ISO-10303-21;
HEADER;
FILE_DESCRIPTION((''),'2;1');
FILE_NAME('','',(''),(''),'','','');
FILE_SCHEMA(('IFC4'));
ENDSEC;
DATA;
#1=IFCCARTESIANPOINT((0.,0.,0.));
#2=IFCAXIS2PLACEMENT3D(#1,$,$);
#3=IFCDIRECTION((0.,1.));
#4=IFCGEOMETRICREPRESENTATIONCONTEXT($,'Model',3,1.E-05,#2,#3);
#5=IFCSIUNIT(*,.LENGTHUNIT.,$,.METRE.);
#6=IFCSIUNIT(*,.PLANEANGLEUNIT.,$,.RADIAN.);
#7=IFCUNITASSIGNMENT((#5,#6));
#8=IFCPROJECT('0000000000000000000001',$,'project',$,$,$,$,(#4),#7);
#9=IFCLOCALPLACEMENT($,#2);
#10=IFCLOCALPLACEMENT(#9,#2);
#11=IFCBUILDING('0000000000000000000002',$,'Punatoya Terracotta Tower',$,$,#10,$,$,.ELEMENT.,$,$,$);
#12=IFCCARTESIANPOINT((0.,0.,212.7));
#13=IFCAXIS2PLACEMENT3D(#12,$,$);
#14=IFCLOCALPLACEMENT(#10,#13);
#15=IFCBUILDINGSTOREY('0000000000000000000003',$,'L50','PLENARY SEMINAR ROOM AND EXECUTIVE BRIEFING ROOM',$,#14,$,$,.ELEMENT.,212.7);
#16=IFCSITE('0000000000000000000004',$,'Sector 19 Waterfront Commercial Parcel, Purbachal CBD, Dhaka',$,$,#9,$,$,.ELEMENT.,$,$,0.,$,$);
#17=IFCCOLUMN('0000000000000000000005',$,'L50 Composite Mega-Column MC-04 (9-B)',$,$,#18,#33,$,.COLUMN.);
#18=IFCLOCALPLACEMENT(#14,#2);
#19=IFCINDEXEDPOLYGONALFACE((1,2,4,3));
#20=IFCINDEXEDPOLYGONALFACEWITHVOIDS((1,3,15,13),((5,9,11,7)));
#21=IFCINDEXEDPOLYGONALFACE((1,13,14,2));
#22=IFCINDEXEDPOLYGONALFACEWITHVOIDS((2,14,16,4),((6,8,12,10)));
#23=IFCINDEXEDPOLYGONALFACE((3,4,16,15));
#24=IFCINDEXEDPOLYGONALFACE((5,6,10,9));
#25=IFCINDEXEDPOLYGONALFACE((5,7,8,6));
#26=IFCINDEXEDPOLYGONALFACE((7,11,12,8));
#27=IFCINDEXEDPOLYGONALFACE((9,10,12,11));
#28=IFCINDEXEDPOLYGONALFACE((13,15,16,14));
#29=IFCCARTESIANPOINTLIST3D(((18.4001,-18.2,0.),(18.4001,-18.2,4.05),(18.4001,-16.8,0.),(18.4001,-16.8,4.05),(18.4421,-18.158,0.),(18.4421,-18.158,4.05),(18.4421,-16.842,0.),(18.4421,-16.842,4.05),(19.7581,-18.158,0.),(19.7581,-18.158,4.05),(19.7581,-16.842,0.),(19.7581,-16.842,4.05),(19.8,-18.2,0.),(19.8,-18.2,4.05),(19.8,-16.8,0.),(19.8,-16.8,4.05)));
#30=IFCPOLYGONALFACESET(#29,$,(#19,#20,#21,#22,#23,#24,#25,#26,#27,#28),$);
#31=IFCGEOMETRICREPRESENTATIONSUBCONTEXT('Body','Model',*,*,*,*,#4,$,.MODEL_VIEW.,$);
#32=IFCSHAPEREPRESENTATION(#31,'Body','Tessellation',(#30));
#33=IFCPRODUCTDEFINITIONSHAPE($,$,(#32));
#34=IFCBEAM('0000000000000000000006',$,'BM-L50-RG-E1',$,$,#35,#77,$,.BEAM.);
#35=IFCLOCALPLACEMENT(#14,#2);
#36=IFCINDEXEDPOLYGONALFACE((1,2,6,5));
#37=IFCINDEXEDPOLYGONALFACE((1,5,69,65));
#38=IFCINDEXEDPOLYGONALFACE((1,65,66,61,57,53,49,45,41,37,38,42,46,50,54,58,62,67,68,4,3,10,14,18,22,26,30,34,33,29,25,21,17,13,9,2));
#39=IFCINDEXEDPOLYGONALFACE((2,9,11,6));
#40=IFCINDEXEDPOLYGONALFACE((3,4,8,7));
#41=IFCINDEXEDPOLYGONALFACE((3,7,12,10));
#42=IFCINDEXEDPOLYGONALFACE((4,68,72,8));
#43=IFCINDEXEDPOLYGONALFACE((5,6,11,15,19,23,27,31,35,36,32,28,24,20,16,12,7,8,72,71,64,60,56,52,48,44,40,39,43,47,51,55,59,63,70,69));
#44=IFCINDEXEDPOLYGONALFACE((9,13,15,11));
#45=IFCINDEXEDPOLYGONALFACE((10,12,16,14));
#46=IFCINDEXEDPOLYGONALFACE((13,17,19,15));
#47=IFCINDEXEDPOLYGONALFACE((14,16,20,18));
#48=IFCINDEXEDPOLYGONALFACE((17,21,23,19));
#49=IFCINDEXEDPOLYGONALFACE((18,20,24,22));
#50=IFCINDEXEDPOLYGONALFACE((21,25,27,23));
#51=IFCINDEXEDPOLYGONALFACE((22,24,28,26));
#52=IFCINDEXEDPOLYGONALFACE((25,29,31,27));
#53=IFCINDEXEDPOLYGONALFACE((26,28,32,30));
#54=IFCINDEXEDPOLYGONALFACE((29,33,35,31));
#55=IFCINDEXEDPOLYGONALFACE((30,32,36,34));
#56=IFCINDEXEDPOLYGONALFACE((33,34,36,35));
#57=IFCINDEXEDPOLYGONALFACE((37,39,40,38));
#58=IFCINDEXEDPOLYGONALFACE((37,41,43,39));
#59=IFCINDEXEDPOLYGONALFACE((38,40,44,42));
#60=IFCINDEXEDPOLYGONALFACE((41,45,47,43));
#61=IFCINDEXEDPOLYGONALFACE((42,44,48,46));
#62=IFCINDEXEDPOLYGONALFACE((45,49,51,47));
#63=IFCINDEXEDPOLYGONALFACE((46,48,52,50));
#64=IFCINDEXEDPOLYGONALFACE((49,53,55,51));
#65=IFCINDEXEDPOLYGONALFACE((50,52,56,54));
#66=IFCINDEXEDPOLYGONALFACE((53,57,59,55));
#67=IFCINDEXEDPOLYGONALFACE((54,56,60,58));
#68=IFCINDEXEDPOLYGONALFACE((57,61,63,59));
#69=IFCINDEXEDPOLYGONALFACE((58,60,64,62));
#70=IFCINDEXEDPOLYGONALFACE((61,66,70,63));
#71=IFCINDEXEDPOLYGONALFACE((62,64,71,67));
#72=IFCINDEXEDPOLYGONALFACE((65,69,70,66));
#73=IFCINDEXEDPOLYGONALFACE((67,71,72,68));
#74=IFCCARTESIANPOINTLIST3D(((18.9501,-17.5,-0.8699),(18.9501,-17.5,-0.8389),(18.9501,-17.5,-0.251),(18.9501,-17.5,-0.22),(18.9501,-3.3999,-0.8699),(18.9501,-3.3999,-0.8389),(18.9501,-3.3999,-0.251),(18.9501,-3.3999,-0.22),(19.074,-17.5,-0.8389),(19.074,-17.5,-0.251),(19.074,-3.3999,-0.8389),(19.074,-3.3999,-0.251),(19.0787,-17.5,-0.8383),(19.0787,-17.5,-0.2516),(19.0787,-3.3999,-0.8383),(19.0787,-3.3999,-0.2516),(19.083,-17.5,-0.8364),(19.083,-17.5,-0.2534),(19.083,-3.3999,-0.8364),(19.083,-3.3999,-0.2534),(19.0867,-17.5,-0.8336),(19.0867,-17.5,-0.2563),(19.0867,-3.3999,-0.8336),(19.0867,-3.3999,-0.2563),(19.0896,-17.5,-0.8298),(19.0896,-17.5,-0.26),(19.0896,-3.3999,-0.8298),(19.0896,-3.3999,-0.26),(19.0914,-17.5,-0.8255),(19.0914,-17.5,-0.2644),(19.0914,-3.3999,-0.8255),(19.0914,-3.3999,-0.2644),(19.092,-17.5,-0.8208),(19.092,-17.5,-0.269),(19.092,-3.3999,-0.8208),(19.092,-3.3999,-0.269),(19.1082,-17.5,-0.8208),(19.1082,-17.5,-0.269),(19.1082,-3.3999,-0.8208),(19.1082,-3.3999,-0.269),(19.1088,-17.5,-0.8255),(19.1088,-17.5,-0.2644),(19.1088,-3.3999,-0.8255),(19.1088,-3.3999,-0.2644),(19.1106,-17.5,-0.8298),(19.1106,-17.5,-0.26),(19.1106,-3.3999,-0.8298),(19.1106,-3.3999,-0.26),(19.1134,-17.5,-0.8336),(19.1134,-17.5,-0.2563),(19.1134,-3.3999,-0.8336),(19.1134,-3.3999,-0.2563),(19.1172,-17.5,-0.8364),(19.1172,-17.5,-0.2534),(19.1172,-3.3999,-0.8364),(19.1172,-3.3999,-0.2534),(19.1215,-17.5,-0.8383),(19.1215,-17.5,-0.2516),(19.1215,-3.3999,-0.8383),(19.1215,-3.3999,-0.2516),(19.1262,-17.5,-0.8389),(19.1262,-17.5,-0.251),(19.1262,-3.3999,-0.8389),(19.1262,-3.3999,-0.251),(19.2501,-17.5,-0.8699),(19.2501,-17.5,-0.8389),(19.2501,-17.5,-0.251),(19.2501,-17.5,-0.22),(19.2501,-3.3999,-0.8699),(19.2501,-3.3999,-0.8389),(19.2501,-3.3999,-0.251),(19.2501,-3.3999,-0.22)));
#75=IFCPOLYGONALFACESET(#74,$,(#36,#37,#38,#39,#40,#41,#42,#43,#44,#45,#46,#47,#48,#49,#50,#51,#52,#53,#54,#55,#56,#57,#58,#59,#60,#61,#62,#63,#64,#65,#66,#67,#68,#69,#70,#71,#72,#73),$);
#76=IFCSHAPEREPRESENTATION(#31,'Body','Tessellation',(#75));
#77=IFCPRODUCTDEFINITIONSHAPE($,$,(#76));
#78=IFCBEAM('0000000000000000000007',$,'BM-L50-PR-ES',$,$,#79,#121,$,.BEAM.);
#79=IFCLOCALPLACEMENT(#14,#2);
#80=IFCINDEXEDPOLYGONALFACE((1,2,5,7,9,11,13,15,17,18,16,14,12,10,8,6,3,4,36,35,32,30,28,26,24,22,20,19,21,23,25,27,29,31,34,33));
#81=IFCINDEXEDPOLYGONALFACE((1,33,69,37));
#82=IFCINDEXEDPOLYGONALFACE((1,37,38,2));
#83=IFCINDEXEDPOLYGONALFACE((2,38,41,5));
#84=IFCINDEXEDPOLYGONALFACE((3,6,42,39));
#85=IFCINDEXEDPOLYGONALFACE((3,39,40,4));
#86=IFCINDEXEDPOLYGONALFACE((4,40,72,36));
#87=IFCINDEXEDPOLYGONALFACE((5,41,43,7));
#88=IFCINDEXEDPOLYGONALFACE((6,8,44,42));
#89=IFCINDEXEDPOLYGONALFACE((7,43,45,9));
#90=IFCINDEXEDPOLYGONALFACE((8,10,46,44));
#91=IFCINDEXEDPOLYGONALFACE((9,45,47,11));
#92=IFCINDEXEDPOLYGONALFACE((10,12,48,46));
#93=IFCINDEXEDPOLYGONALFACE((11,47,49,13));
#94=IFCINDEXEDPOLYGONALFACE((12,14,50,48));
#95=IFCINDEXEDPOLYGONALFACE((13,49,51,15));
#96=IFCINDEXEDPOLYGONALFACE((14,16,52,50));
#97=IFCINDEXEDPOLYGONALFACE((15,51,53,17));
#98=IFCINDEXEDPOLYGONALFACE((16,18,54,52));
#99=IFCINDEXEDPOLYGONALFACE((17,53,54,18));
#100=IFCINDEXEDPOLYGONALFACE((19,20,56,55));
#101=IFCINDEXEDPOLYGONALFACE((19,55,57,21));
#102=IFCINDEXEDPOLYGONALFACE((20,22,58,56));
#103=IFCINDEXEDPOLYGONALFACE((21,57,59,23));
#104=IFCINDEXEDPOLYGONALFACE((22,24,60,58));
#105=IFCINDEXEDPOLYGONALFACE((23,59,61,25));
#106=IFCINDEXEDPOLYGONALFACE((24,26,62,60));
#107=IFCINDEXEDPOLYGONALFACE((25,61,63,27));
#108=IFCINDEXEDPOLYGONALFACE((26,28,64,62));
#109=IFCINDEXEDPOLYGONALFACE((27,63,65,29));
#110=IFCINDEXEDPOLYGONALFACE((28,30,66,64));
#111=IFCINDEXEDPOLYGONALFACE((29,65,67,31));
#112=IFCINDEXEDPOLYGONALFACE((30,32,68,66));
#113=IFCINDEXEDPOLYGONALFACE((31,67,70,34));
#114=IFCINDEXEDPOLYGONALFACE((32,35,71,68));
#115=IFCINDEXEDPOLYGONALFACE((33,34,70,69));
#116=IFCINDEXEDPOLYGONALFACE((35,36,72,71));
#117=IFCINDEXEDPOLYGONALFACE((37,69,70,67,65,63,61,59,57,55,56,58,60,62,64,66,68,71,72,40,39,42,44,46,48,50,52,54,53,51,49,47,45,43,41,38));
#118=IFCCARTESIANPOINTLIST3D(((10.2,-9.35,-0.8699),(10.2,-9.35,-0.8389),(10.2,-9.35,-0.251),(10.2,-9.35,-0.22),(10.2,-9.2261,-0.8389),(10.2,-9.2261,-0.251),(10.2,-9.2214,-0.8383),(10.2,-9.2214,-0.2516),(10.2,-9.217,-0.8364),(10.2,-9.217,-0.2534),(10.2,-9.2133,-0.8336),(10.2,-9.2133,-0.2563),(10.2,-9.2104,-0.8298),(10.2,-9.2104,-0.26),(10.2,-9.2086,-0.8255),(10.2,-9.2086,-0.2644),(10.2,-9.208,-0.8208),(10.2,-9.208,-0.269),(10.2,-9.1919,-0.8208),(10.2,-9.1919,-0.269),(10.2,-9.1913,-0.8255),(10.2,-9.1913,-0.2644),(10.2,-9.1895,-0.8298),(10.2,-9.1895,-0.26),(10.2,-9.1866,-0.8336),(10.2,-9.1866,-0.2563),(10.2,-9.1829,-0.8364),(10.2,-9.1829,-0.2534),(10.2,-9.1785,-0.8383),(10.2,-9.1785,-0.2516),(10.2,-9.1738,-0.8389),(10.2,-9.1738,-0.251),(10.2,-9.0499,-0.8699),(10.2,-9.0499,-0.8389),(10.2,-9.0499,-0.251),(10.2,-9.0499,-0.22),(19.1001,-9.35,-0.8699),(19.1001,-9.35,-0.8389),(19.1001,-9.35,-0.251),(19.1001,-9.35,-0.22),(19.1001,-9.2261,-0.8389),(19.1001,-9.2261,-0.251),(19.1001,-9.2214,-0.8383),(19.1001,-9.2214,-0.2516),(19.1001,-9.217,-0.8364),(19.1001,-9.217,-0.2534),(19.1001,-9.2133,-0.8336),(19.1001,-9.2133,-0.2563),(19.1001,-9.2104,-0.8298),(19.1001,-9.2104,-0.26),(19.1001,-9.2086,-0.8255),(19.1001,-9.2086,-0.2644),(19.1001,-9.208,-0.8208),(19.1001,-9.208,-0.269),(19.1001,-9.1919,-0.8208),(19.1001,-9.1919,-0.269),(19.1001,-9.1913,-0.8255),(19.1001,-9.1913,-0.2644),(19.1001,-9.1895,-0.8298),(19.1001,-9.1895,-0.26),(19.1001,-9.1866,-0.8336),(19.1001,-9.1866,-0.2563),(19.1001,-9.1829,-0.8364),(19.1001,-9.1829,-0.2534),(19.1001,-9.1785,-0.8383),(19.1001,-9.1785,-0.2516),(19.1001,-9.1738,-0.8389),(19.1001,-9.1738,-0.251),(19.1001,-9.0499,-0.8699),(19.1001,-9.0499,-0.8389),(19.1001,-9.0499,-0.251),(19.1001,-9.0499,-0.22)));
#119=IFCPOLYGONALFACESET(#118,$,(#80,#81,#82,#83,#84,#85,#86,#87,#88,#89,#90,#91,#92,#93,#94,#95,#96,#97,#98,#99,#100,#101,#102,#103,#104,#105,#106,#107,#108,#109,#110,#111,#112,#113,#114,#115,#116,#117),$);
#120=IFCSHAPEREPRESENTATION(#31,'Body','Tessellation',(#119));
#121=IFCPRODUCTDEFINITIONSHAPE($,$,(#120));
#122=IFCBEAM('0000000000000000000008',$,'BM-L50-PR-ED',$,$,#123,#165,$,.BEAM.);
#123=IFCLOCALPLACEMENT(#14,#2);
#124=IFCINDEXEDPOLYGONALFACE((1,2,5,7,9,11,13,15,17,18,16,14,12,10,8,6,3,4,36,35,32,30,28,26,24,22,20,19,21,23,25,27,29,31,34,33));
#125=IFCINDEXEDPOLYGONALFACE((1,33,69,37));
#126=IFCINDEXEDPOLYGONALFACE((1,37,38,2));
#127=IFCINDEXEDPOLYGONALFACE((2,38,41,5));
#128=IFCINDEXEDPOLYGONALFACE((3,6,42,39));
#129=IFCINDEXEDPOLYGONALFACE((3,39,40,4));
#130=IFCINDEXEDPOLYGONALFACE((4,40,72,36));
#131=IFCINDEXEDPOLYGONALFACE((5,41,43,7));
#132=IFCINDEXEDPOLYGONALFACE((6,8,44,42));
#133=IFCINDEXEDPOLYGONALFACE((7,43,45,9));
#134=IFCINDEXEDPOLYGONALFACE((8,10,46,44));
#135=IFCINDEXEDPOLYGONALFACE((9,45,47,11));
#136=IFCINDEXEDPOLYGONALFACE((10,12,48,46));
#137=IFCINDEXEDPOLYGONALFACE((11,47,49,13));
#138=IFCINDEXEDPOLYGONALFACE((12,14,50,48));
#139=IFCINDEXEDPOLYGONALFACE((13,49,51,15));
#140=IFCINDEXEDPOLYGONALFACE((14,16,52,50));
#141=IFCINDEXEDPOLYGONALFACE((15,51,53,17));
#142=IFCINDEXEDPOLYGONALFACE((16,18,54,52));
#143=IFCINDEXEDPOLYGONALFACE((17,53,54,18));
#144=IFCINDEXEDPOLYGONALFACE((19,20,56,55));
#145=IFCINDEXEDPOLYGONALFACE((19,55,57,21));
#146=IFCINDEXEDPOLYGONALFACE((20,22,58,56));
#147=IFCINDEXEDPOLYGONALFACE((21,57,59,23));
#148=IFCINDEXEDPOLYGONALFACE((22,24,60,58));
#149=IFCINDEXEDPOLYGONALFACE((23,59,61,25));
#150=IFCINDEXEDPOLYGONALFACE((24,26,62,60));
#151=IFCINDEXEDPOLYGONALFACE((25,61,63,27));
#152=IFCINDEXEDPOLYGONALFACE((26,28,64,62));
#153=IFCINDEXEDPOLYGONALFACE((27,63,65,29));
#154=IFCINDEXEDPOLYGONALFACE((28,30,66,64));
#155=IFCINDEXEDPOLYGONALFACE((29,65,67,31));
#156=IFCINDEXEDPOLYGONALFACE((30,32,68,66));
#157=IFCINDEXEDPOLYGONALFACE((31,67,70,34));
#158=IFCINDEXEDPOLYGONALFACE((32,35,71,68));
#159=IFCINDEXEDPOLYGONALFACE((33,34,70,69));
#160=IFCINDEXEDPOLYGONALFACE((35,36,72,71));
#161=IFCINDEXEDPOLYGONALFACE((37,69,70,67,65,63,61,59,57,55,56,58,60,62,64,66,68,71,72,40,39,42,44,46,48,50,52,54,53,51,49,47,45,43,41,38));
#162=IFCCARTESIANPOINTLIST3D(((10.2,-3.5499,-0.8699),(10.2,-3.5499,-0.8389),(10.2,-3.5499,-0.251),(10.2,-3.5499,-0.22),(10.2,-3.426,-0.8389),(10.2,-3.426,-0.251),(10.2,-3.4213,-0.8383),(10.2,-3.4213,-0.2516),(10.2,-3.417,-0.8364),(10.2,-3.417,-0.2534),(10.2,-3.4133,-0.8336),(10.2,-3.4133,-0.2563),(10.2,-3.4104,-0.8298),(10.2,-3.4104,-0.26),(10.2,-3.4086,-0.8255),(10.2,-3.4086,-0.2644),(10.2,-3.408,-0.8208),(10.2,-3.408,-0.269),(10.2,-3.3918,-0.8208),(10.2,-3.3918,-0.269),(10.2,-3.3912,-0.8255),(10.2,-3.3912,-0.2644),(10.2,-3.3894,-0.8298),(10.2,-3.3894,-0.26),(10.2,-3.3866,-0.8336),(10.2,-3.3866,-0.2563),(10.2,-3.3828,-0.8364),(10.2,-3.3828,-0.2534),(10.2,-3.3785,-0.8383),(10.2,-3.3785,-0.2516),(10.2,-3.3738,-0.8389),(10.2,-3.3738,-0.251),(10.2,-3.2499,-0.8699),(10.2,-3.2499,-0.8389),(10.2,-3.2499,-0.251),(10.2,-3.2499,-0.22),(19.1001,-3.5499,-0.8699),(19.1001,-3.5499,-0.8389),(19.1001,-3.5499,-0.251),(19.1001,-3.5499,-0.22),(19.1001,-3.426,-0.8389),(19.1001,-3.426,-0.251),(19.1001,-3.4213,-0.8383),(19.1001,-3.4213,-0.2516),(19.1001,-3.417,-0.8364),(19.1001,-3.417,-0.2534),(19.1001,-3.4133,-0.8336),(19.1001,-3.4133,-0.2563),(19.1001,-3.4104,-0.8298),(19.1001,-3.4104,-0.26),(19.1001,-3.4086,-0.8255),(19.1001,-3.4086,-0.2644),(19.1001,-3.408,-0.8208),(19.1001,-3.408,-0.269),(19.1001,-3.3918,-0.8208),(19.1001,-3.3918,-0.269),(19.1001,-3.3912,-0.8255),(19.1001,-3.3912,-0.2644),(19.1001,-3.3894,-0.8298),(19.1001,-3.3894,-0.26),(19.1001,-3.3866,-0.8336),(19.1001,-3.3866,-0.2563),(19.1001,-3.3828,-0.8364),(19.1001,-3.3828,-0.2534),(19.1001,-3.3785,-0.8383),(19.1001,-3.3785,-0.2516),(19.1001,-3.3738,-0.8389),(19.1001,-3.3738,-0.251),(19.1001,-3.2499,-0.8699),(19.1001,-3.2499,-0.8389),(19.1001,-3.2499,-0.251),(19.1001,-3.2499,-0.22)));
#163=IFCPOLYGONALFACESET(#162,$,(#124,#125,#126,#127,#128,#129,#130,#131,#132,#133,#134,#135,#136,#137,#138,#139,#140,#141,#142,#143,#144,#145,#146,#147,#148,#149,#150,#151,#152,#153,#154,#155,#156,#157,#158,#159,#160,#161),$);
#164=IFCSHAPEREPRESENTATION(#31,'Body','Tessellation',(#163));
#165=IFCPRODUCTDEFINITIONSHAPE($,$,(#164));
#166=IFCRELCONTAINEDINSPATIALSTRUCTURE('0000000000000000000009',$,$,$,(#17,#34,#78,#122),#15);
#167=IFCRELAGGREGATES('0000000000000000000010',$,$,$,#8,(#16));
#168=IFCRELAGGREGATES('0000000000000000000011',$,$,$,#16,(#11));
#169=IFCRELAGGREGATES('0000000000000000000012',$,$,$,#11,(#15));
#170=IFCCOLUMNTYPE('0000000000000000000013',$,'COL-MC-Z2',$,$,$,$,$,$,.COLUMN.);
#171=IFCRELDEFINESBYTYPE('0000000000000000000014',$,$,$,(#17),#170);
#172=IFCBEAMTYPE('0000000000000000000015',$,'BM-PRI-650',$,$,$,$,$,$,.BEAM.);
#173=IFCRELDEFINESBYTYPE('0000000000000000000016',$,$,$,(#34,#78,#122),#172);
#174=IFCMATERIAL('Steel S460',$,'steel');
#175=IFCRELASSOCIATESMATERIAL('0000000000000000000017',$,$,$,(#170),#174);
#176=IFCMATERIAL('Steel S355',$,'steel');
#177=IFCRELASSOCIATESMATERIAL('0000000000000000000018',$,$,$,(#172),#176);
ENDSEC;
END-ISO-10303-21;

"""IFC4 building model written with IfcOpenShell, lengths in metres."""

from ifc_helpers import new_model, si_unit, direction, frame, origin, origin_2d, place, context, subcontext, project, spatial, hollow_rectangle, i_section, extrude, material, material_profile, profile_set, type_object, element, save


model = new_model("IFC4")

# Units and contexts
model_context = context("Model", 3, precision=1e-05, world=origin(), true_north=direction((0.0, 1.0)))
body_context = subcontext(model_context, "Body", "Model", "MODEL_VIEW")
ifc_project = project(units=[si_unit("LENGTHUNIT", "METRE"), si_unit("PLANEANGLEUNIT", "RADIAN")], contexts=[model_context])

# Site, building, storey
site_placement = place(None, origin())
site = spatial("IfcSite", under=ifc_project, at=site_placement, Name="Sector 19 Waterfront Commercial Parcel, Purbachal CBD, Dhaka", CompositionType="ELEMENT", RefElevation=0.0)
building_placement = place(site_placement, origin())
building = spatial("IfcBuilding", under=site, at=building_placement, Name="Punatoya Terracotta Tower", CompositionType="ELEMENT")
storey_placement = place(building_placement, frame((0.0, 0.0, 212.7)))
storey = spatial("IfcBuildingStorey", under=building, at=storey_placement, Name="L50", Description="PLENARY SEMINAR ROOM AND EXECUTIVE BRIEFING ROOM", CompositionType="ELEMENT", Elevation=212.7)

# Column
ifc_material_1 = material(Name="Steel S460", Category="steel")
ifc_material_profile_1 = material_profile(ifc_material_1, hollow_rectangle(XDim=1.3999, YDim=1.3999, WallThickness=0.042, at=origin_2d()))
ifc_profile_set_1 = profile_set([ifc_material_profile_1], Name="Steel S460")
column_type = type_object("IfcColumnType", Name="COL-MC-Z2", PredefinedType="COLUMN", material=ifc_profile_set_1)
column_placement = place(storey_placement, frame((19.1001, -17.5, 0.0), z_axis=(0.0, 0.0, 1.0), x_axis=(1.0, 0.0, 0.0)))
element("IfcColumn", 1, at=column_placement, inside=storey, type_object=column_type, Name="L50 Composite Mega-Column MC-04 (9-B)", PredefinedType="COLUMN", context=body_context, shape_type="SweptSolid", body=[
    extrude(hollow_rectangle(XDim=1.3999, YDim=1.3999, WallThickness=0.042, at=origin_2d()), origin(), (0.0, 0.0, 1.0), 4.05),
])

# Beams
ifc_material_2 = material(Name="Steel S355", Category="steel")
ifc_material_profile_2 = material_profile(ifc_material_2, i_section(OverallWidth=0.3, OverallDepth=0.6499, WebThickness=0.0161, FlangeThickness=0.031, FilletRadius=0.0181, at=origin_2d()))
ifc_profile_set_2 = profile_set([ifc_material_profile_2], Name="Steel S355")
beam_type_1 = type_object("IfcBeamType", Name="BM-PRI-650", PredefinedType="BEAM", material=ifc_profile_set_2)
beam_1_placement = place(storey_placement, frame((19.1001, -17.5, -0.5449), z_axis=(0.0, 1.0, 0.0), x_axis=(-1.0, 0.0, 0.0)))
element("IfcBeam", 2, at=beam_1_placement, inside=storey, type_object=beam_type_1, Name="BM-L50-RG-E1", PredefinedType="BEAM", context=body_context, shape_type="SweptSolid", body=[
    extrude(i_section(OverallWidth=0.3, OverallDepth=0.6499, WebThickness=0.0161, FlangeThickness=0.031, FilletRadius=0.0181, at=origin_2d()), origin(), (0.0, 0.0, 1.0), 14.1001),
])
for number, where, z_axis, x_axis, name in (
    (3, (10.2, -9.2, -0.5449), (1.0, 0.0, 0.0), (0.0, 1.0, 0.0), "BM-L50-PR-ES"),
    (4, (10.2, -3.3999, -0.5449), (1.0, 0.0, 0.0), (0.0, 1.0, 0.0), "BM-L50-PR-ED"),
):
    element("IfcBeam", number, at=place(storey_placement, frame(where, z_axis=z_axis, x_axis=x_axis)), inside=storey, type_object=beam_type_1, Name=name, PredefinedType="BEAM", context=body_context, shape_type="SweptSolid", body=[
        extrude(i_section(OverallWidth=0.3, OverallDepth=0.6499, WebThickness=0.0161, FlangeThickness=0.031, FilletRadius=0.0181, at=origin_2d()), origin(), (0.0, 0.0, 1.0), 8.9001),
    ])

save(model, "model.ifc")
